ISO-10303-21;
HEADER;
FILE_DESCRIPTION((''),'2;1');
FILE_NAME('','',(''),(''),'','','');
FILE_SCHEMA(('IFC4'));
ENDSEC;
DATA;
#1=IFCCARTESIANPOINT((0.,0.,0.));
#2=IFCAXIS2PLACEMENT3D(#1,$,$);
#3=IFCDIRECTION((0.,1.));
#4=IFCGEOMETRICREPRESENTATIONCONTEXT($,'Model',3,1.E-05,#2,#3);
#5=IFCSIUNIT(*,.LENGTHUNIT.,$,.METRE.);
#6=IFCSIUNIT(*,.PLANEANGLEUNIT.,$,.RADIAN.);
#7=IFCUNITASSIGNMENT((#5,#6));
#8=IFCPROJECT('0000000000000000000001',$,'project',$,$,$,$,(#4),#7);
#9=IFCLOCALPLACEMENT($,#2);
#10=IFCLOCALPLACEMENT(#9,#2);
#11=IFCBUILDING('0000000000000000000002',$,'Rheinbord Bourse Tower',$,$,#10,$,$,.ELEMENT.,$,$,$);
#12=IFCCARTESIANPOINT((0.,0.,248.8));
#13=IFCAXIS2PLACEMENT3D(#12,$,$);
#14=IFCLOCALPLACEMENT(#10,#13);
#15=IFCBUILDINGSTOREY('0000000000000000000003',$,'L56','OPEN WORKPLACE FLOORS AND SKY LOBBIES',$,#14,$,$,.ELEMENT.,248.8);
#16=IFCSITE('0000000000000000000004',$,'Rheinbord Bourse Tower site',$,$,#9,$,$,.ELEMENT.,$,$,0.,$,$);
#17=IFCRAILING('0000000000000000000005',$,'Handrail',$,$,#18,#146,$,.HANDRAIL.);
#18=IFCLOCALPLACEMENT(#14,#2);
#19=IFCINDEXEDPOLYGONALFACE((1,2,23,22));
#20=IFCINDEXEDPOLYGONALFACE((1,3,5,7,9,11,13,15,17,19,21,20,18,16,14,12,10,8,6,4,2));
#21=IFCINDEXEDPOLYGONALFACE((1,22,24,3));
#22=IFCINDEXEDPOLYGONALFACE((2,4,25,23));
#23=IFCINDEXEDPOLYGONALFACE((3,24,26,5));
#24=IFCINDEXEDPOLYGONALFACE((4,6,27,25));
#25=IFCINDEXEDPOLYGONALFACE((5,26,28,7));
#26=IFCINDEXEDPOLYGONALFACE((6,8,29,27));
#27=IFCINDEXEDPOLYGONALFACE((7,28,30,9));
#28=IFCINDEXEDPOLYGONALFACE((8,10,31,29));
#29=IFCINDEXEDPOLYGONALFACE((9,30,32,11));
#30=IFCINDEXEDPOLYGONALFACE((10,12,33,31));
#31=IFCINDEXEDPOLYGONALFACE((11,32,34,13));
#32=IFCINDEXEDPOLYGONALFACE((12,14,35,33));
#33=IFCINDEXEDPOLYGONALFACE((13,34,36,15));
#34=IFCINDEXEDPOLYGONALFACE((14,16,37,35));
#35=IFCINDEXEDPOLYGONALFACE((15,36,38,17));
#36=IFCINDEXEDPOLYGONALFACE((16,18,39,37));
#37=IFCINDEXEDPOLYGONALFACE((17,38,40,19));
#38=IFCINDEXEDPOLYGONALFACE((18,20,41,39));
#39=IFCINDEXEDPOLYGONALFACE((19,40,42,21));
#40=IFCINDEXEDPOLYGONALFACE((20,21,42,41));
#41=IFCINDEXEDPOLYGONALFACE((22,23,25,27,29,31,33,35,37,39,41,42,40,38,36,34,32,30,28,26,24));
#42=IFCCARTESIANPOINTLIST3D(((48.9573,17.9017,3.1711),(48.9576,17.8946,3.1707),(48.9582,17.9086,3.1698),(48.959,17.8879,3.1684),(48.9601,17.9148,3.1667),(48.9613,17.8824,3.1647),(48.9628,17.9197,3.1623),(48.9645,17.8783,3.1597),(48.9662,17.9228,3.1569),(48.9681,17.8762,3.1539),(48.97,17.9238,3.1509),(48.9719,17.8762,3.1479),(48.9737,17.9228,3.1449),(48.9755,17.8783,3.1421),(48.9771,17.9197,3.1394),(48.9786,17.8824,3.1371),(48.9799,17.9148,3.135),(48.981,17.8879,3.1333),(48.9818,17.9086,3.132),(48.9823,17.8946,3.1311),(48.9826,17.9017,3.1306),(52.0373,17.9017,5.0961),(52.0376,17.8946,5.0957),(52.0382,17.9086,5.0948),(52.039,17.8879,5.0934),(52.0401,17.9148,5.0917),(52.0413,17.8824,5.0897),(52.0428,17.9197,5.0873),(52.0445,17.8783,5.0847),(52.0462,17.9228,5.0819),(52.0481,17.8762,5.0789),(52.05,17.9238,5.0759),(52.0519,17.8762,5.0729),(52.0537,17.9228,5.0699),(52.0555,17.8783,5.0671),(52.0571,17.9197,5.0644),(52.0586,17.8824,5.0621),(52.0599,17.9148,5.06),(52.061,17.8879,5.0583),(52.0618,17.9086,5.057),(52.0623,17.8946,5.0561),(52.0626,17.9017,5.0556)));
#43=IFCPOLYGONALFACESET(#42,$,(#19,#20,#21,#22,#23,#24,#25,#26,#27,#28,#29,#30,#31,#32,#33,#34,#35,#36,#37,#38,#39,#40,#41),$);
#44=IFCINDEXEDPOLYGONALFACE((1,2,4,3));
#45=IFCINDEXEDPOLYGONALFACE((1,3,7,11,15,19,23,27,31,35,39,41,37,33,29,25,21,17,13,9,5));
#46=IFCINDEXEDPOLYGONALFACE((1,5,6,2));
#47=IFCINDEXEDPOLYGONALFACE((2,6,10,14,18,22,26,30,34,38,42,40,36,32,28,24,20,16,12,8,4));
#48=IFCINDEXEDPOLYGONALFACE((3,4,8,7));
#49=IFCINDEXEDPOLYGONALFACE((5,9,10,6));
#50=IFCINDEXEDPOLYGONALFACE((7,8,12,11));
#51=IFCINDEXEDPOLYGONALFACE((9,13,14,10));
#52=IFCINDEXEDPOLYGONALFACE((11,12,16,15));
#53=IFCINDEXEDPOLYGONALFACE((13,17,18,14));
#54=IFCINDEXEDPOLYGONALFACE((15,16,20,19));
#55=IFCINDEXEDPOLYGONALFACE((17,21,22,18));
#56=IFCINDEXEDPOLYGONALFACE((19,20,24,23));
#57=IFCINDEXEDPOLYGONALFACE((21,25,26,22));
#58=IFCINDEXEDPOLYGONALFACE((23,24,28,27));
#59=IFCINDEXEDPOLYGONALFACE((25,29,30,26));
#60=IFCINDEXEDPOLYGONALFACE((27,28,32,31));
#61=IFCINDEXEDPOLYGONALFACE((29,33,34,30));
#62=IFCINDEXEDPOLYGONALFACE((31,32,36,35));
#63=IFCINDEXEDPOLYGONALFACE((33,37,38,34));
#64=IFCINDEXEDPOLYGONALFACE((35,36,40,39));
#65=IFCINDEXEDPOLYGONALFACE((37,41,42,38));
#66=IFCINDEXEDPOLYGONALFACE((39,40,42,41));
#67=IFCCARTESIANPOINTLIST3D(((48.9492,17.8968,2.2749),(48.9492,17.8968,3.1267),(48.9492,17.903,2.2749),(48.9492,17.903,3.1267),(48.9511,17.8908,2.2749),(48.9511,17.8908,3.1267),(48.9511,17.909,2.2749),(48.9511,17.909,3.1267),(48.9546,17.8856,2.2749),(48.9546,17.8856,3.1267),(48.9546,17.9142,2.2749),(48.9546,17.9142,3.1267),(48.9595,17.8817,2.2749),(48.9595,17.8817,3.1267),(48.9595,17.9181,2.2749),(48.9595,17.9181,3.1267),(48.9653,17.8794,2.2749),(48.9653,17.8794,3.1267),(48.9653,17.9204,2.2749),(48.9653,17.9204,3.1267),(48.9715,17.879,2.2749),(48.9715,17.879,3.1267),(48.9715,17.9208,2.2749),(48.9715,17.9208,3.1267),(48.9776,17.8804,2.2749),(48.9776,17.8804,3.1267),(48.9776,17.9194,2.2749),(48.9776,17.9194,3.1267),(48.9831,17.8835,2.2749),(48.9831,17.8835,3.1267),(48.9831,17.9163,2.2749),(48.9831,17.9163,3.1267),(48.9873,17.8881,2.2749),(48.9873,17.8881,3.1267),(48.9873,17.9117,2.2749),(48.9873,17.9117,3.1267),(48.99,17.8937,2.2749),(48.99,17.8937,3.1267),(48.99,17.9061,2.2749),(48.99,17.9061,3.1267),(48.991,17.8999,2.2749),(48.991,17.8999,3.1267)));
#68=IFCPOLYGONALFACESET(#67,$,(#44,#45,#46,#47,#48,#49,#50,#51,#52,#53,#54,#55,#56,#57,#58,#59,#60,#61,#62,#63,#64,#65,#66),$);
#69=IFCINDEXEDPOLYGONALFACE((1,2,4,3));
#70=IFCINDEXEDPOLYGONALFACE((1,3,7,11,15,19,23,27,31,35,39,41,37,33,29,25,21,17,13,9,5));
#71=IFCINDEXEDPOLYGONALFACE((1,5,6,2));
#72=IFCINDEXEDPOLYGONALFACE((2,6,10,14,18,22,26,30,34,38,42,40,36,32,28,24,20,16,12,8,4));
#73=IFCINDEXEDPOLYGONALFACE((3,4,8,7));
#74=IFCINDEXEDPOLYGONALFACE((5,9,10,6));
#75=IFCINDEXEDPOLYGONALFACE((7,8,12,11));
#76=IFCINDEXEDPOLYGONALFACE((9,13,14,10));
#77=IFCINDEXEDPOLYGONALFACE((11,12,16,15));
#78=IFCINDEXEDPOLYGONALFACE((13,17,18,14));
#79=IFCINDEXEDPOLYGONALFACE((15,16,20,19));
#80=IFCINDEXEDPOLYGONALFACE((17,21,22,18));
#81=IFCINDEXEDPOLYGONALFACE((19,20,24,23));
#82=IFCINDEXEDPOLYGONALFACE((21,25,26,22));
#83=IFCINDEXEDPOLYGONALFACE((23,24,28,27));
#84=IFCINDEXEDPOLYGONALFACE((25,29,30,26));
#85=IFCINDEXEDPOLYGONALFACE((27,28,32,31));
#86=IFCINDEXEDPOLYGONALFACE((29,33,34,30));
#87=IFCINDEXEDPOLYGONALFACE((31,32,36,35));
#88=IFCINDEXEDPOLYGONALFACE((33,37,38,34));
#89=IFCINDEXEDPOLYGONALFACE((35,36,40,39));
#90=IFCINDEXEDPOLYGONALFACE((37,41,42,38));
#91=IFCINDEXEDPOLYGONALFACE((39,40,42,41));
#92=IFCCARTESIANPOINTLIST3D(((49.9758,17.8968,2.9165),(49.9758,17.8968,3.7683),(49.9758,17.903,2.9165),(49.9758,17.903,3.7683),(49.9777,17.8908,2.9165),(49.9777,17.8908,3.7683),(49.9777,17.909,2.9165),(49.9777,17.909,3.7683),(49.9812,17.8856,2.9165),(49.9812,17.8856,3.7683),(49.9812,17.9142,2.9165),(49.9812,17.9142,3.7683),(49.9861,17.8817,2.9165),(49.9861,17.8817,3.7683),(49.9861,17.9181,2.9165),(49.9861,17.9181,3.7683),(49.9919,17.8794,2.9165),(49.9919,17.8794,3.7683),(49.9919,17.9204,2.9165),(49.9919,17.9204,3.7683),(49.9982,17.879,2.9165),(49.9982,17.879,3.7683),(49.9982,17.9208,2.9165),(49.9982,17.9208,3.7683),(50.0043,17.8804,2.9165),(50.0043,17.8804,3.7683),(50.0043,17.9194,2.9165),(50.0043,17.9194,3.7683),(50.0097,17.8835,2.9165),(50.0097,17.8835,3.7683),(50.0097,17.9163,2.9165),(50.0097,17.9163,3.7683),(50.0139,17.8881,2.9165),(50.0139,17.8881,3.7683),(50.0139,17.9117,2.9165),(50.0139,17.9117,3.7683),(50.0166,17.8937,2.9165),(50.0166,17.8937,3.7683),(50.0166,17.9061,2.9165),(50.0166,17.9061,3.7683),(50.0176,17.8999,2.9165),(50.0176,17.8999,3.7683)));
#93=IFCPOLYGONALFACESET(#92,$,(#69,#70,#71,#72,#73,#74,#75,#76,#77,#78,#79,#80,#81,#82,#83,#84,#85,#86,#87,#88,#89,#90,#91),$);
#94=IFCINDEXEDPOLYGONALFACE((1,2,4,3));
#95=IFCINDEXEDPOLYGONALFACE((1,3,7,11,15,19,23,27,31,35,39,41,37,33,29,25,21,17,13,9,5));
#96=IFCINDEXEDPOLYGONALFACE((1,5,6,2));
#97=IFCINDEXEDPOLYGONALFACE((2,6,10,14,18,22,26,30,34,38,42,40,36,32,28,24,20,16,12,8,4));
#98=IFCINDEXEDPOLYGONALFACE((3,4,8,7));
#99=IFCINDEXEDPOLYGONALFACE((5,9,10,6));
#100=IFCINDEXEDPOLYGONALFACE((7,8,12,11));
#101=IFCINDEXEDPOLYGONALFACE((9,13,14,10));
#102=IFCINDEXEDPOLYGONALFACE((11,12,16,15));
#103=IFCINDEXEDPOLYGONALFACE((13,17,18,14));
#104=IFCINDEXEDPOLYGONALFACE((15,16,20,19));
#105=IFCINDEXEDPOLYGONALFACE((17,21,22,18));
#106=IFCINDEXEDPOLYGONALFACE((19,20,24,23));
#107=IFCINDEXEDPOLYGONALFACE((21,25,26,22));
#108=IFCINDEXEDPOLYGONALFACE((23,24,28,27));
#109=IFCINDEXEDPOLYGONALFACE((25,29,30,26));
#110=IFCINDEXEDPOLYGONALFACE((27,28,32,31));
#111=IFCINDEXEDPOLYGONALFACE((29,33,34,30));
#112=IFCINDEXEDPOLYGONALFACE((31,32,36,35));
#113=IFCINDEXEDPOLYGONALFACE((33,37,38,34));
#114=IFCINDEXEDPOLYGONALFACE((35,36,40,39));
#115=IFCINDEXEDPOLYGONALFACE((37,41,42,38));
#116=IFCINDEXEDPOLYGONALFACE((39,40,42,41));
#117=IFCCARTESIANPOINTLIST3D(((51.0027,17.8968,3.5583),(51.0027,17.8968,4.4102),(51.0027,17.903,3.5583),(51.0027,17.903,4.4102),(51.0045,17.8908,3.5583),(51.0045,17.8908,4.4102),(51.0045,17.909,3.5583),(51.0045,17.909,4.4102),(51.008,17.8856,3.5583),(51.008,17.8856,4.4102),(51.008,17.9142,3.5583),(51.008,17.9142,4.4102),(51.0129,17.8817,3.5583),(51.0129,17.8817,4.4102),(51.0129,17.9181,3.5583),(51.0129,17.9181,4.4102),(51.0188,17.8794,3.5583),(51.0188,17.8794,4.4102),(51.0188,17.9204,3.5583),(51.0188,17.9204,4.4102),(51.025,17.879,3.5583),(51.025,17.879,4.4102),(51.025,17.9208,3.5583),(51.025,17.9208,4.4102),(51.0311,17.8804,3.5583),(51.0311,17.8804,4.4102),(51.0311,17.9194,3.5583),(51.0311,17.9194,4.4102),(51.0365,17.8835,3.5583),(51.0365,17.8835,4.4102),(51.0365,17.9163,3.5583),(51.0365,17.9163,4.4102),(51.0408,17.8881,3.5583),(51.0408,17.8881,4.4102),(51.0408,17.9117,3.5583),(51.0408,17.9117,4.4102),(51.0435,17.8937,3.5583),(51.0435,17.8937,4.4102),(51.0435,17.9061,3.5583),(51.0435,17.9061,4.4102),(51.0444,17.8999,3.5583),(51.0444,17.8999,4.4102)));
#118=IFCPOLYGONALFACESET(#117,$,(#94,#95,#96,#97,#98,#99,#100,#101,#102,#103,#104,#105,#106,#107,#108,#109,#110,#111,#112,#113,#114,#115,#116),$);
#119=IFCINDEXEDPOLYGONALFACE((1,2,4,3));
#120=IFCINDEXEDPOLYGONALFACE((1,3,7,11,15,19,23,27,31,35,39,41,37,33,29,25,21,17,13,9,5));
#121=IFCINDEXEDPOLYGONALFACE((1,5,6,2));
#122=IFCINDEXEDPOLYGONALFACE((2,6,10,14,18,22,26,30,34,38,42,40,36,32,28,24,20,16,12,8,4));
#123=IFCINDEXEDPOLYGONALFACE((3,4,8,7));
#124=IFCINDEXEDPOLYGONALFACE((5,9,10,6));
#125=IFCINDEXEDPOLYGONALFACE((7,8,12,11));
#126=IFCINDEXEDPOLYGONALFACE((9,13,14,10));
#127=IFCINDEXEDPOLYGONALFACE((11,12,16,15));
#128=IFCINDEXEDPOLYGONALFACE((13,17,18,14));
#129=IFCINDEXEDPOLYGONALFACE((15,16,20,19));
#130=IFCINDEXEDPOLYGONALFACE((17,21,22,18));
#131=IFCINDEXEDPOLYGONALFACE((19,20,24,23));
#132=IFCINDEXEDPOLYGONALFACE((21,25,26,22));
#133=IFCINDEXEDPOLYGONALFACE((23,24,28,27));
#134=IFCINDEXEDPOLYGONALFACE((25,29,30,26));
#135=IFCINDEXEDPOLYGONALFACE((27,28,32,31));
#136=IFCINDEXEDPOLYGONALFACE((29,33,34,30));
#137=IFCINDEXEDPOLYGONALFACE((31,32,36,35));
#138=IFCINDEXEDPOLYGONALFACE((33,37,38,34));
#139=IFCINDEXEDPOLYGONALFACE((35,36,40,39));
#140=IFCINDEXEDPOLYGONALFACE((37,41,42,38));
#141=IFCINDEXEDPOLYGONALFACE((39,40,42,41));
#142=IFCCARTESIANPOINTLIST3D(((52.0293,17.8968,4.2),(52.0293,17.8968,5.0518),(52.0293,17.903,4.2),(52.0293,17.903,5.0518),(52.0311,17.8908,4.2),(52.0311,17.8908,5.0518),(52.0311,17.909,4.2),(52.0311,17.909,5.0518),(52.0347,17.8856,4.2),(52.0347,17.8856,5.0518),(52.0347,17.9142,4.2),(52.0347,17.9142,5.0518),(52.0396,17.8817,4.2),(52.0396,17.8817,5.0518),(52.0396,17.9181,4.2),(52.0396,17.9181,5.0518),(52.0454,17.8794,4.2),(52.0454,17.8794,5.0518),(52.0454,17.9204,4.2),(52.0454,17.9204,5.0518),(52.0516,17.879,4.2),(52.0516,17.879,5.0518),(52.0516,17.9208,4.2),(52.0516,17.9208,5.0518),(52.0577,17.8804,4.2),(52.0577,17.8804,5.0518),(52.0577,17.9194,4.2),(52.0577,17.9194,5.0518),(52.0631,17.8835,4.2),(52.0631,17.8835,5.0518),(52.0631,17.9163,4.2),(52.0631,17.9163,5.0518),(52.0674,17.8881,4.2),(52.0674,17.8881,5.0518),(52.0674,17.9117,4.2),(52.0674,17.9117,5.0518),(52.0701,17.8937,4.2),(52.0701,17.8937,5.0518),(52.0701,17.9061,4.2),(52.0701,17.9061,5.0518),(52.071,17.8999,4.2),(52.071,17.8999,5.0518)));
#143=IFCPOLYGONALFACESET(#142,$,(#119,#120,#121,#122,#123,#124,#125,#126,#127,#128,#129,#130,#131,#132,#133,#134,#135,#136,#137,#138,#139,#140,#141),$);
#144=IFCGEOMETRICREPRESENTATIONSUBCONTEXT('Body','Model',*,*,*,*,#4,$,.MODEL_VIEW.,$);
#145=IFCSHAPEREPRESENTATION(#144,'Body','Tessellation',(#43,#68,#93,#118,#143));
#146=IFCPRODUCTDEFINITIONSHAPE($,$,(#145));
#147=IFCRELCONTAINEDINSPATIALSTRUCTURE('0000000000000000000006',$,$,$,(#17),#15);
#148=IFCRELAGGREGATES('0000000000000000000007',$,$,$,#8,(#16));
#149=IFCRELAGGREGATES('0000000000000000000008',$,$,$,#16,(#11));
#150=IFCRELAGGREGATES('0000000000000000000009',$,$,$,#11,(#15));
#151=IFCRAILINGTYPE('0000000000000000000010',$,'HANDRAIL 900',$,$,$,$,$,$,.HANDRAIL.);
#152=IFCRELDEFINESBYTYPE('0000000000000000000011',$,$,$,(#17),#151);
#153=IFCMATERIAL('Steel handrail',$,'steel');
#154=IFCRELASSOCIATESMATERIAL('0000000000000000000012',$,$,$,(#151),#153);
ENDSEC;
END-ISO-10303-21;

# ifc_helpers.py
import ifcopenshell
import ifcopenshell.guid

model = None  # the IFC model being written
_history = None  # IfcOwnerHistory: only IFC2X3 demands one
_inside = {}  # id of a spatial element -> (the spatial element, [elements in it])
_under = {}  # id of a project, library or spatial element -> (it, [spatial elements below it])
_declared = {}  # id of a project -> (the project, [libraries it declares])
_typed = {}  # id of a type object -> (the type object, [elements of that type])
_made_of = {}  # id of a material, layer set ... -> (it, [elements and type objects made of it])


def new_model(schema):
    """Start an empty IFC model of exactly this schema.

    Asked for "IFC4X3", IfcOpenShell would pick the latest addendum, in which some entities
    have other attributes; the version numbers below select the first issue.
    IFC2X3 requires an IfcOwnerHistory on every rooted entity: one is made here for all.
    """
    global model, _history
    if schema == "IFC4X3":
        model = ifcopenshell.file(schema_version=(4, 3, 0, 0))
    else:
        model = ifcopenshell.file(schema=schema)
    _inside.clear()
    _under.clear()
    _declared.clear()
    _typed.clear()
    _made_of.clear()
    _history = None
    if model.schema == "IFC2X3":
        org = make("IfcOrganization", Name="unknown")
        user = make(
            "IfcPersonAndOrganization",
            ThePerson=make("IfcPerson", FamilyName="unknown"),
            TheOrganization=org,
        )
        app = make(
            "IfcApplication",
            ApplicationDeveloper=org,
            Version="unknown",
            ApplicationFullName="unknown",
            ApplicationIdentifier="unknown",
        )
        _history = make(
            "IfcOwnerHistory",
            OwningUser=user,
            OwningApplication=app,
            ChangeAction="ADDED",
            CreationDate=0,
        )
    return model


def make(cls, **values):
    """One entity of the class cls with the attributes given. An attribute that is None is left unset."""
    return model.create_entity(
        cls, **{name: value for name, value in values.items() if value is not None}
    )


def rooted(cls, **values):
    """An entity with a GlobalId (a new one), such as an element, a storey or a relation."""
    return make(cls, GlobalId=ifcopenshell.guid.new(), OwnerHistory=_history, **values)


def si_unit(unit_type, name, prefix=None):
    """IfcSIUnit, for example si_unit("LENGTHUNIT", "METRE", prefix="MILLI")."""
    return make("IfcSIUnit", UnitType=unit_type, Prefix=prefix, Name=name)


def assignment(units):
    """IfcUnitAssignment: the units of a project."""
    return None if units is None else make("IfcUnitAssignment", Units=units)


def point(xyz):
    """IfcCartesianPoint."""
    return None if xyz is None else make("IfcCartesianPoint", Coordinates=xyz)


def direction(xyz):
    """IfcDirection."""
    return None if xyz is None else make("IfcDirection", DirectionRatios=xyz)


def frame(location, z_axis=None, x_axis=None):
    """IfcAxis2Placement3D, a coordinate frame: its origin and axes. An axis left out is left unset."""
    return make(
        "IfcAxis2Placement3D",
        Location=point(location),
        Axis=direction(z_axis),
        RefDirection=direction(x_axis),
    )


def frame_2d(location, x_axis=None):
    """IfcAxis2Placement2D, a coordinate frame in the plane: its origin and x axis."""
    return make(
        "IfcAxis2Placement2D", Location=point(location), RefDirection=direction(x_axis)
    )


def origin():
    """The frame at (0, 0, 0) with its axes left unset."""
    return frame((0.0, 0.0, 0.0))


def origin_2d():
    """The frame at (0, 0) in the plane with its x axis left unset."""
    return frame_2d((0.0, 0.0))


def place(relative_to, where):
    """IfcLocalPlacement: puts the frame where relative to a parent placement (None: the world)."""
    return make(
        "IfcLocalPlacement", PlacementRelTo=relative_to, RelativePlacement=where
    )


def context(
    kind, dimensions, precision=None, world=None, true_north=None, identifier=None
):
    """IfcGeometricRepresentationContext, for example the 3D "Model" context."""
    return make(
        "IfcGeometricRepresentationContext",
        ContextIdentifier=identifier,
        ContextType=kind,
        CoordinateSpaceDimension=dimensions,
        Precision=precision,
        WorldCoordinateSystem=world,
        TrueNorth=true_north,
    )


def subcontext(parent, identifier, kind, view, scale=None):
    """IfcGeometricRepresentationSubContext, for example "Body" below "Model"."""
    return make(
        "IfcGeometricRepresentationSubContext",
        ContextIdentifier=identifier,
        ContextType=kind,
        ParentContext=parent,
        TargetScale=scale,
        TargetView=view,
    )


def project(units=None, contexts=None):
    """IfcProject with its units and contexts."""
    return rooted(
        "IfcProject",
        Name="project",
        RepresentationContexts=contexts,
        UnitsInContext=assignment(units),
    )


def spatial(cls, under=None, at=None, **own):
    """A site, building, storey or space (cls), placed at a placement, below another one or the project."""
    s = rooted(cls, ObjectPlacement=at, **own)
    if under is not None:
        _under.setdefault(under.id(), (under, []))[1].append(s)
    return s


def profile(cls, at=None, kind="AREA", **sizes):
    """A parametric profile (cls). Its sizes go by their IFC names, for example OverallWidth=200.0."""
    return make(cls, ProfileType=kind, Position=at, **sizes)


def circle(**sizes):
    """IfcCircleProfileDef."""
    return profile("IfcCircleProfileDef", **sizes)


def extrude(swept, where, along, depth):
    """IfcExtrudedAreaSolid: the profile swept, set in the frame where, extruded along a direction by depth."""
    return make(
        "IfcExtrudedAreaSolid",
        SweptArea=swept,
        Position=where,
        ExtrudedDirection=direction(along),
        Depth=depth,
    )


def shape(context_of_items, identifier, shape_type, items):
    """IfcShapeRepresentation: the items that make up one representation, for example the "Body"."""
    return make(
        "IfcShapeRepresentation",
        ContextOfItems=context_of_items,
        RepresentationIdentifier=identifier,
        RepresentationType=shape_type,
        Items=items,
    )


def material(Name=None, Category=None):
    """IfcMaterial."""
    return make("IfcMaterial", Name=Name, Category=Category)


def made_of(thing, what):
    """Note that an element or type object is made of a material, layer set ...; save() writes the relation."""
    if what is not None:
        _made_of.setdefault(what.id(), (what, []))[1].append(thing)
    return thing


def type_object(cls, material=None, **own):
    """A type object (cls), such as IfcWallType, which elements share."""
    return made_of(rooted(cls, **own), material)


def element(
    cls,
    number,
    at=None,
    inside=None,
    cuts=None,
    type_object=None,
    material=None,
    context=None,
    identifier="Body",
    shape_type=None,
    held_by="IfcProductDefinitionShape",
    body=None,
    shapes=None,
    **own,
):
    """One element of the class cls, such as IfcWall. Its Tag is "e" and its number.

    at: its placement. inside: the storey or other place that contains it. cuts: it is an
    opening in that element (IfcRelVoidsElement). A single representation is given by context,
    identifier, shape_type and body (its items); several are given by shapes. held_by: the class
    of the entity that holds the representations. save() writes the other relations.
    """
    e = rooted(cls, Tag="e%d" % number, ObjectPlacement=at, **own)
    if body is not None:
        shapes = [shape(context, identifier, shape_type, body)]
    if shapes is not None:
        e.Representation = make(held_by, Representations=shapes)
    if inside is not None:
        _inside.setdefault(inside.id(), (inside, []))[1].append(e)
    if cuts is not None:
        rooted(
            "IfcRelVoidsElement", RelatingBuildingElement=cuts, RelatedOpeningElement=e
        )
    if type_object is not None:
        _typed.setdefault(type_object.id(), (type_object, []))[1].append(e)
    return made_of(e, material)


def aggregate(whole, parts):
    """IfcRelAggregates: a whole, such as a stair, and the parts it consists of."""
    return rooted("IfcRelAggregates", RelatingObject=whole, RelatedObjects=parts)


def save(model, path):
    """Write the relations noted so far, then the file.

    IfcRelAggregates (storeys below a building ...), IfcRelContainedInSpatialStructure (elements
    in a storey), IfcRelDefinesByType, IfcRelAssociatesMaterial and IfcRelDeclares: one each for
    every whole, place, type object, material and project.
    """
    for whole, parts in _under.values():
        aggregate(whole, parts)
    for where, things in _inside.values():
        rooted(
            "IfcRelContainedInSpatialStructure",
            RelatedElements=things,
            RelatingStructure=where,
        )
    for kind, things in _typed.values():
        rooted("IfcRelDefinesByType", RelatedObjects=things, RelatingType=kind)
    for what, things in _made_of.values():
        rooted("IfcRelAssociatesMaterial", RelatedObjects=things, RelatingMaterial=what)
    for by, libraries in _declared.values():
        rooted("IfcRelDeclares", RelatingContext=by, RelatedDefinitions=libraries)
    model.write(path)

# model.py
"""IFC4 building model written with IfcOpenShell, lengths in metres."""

from ifc_helpers import new_model, si_unit, direction, frame, origin, origin_2d, place, context, subcontext, project, spatial, circle, extrude, material, type_object, element, save


model = new_model("IFC4")

# Units and contexts
model_context = context("Model", 3, precision=1e-05, world=origin(), true_north=direction((0.0, 1.0)))
body_context = subcontext(model_context, "Body", "Model", "MODEL_VIEW")
ifc_project = project(units=[si_unit("LENGTHUNIT", "METRE"), si_unit("PLANEANGLEUNIT", "RADIAN")], contexts=[model_context])

# Site, building, storey
site_placement = place(None, origin())
site = spatial("IfcSite", under=ifc_project, at=site_placement, Name="Rheinbord Bourse Tower site", CompositionType="ELEMENT", RefElevation=0.0)
building_placement = place(site_placement, origin())
building = spatial("IfcBuilding", under=site, at=building_placement, Name="Rheinbord Bourse Tower", CompositionType="ELEMENT")
storey_placement = place(building_placement, frame((0.0, 0.0, 248.8)))
storey = spatial("IfcBuildingStorey", under=building, at=storey_placement, Name="L56", Description="OPEN WORKPLACE FLOORS AND SKY LOBBIES", CompositionType="ELEMENT", Elevation=248.8)

# Railing
ifc_material_1 = material(Name="Steel handrail", Category="steel")
railing_type = type_object("IfcRailingType", Name="HANDRAIL 900", PredefinedType="HANDRAIL", material=ifc_material_1)
railing_1_placement = place(storey_placement, frame((48.97, 17.8999, 2.2749)))
element("IfcRailing", 1, at=railing_1_placement, inside=storey, type_object=railing_type, Name="Handrail", PredefinedType="HANDRAIL", context=body_context, shape_type="SweptSolid", body=[
    extrude(circle(Radius=0.0239, at=origin_2d()), frame((0.0, 0.0, 0.876), z_axis=(0.847998, 0.0, 0.529999), x_axis=(0.0, 1.0, 0.0)), (0.0, 0.0, 1.0), 3.6321),
    extrude(circle(Radius=0.021, at=origin_2d()), origin(), (0.0, 0.0, 1.0), 0.8518),
    extrude(circle(Radius=0.021, at=origin_2d()), frame((1.0266, 0.0, 0.6416)), (0.0, 0.0, 1.0), 0.8518),
    extrude(circle(Radius=0.021, at=origin_2d()), frame((2.0535, 0.0, 1.2834)), (0.0, 0.0, 1.0), 0.8518),
    extrude(circle(Radius=0.021, at=origin_2d()), frame((3.0801, 0.0, 1.925)), (0.0, 0.0, 1.0), 0.8518),
])

save(model, "model.ifc")
